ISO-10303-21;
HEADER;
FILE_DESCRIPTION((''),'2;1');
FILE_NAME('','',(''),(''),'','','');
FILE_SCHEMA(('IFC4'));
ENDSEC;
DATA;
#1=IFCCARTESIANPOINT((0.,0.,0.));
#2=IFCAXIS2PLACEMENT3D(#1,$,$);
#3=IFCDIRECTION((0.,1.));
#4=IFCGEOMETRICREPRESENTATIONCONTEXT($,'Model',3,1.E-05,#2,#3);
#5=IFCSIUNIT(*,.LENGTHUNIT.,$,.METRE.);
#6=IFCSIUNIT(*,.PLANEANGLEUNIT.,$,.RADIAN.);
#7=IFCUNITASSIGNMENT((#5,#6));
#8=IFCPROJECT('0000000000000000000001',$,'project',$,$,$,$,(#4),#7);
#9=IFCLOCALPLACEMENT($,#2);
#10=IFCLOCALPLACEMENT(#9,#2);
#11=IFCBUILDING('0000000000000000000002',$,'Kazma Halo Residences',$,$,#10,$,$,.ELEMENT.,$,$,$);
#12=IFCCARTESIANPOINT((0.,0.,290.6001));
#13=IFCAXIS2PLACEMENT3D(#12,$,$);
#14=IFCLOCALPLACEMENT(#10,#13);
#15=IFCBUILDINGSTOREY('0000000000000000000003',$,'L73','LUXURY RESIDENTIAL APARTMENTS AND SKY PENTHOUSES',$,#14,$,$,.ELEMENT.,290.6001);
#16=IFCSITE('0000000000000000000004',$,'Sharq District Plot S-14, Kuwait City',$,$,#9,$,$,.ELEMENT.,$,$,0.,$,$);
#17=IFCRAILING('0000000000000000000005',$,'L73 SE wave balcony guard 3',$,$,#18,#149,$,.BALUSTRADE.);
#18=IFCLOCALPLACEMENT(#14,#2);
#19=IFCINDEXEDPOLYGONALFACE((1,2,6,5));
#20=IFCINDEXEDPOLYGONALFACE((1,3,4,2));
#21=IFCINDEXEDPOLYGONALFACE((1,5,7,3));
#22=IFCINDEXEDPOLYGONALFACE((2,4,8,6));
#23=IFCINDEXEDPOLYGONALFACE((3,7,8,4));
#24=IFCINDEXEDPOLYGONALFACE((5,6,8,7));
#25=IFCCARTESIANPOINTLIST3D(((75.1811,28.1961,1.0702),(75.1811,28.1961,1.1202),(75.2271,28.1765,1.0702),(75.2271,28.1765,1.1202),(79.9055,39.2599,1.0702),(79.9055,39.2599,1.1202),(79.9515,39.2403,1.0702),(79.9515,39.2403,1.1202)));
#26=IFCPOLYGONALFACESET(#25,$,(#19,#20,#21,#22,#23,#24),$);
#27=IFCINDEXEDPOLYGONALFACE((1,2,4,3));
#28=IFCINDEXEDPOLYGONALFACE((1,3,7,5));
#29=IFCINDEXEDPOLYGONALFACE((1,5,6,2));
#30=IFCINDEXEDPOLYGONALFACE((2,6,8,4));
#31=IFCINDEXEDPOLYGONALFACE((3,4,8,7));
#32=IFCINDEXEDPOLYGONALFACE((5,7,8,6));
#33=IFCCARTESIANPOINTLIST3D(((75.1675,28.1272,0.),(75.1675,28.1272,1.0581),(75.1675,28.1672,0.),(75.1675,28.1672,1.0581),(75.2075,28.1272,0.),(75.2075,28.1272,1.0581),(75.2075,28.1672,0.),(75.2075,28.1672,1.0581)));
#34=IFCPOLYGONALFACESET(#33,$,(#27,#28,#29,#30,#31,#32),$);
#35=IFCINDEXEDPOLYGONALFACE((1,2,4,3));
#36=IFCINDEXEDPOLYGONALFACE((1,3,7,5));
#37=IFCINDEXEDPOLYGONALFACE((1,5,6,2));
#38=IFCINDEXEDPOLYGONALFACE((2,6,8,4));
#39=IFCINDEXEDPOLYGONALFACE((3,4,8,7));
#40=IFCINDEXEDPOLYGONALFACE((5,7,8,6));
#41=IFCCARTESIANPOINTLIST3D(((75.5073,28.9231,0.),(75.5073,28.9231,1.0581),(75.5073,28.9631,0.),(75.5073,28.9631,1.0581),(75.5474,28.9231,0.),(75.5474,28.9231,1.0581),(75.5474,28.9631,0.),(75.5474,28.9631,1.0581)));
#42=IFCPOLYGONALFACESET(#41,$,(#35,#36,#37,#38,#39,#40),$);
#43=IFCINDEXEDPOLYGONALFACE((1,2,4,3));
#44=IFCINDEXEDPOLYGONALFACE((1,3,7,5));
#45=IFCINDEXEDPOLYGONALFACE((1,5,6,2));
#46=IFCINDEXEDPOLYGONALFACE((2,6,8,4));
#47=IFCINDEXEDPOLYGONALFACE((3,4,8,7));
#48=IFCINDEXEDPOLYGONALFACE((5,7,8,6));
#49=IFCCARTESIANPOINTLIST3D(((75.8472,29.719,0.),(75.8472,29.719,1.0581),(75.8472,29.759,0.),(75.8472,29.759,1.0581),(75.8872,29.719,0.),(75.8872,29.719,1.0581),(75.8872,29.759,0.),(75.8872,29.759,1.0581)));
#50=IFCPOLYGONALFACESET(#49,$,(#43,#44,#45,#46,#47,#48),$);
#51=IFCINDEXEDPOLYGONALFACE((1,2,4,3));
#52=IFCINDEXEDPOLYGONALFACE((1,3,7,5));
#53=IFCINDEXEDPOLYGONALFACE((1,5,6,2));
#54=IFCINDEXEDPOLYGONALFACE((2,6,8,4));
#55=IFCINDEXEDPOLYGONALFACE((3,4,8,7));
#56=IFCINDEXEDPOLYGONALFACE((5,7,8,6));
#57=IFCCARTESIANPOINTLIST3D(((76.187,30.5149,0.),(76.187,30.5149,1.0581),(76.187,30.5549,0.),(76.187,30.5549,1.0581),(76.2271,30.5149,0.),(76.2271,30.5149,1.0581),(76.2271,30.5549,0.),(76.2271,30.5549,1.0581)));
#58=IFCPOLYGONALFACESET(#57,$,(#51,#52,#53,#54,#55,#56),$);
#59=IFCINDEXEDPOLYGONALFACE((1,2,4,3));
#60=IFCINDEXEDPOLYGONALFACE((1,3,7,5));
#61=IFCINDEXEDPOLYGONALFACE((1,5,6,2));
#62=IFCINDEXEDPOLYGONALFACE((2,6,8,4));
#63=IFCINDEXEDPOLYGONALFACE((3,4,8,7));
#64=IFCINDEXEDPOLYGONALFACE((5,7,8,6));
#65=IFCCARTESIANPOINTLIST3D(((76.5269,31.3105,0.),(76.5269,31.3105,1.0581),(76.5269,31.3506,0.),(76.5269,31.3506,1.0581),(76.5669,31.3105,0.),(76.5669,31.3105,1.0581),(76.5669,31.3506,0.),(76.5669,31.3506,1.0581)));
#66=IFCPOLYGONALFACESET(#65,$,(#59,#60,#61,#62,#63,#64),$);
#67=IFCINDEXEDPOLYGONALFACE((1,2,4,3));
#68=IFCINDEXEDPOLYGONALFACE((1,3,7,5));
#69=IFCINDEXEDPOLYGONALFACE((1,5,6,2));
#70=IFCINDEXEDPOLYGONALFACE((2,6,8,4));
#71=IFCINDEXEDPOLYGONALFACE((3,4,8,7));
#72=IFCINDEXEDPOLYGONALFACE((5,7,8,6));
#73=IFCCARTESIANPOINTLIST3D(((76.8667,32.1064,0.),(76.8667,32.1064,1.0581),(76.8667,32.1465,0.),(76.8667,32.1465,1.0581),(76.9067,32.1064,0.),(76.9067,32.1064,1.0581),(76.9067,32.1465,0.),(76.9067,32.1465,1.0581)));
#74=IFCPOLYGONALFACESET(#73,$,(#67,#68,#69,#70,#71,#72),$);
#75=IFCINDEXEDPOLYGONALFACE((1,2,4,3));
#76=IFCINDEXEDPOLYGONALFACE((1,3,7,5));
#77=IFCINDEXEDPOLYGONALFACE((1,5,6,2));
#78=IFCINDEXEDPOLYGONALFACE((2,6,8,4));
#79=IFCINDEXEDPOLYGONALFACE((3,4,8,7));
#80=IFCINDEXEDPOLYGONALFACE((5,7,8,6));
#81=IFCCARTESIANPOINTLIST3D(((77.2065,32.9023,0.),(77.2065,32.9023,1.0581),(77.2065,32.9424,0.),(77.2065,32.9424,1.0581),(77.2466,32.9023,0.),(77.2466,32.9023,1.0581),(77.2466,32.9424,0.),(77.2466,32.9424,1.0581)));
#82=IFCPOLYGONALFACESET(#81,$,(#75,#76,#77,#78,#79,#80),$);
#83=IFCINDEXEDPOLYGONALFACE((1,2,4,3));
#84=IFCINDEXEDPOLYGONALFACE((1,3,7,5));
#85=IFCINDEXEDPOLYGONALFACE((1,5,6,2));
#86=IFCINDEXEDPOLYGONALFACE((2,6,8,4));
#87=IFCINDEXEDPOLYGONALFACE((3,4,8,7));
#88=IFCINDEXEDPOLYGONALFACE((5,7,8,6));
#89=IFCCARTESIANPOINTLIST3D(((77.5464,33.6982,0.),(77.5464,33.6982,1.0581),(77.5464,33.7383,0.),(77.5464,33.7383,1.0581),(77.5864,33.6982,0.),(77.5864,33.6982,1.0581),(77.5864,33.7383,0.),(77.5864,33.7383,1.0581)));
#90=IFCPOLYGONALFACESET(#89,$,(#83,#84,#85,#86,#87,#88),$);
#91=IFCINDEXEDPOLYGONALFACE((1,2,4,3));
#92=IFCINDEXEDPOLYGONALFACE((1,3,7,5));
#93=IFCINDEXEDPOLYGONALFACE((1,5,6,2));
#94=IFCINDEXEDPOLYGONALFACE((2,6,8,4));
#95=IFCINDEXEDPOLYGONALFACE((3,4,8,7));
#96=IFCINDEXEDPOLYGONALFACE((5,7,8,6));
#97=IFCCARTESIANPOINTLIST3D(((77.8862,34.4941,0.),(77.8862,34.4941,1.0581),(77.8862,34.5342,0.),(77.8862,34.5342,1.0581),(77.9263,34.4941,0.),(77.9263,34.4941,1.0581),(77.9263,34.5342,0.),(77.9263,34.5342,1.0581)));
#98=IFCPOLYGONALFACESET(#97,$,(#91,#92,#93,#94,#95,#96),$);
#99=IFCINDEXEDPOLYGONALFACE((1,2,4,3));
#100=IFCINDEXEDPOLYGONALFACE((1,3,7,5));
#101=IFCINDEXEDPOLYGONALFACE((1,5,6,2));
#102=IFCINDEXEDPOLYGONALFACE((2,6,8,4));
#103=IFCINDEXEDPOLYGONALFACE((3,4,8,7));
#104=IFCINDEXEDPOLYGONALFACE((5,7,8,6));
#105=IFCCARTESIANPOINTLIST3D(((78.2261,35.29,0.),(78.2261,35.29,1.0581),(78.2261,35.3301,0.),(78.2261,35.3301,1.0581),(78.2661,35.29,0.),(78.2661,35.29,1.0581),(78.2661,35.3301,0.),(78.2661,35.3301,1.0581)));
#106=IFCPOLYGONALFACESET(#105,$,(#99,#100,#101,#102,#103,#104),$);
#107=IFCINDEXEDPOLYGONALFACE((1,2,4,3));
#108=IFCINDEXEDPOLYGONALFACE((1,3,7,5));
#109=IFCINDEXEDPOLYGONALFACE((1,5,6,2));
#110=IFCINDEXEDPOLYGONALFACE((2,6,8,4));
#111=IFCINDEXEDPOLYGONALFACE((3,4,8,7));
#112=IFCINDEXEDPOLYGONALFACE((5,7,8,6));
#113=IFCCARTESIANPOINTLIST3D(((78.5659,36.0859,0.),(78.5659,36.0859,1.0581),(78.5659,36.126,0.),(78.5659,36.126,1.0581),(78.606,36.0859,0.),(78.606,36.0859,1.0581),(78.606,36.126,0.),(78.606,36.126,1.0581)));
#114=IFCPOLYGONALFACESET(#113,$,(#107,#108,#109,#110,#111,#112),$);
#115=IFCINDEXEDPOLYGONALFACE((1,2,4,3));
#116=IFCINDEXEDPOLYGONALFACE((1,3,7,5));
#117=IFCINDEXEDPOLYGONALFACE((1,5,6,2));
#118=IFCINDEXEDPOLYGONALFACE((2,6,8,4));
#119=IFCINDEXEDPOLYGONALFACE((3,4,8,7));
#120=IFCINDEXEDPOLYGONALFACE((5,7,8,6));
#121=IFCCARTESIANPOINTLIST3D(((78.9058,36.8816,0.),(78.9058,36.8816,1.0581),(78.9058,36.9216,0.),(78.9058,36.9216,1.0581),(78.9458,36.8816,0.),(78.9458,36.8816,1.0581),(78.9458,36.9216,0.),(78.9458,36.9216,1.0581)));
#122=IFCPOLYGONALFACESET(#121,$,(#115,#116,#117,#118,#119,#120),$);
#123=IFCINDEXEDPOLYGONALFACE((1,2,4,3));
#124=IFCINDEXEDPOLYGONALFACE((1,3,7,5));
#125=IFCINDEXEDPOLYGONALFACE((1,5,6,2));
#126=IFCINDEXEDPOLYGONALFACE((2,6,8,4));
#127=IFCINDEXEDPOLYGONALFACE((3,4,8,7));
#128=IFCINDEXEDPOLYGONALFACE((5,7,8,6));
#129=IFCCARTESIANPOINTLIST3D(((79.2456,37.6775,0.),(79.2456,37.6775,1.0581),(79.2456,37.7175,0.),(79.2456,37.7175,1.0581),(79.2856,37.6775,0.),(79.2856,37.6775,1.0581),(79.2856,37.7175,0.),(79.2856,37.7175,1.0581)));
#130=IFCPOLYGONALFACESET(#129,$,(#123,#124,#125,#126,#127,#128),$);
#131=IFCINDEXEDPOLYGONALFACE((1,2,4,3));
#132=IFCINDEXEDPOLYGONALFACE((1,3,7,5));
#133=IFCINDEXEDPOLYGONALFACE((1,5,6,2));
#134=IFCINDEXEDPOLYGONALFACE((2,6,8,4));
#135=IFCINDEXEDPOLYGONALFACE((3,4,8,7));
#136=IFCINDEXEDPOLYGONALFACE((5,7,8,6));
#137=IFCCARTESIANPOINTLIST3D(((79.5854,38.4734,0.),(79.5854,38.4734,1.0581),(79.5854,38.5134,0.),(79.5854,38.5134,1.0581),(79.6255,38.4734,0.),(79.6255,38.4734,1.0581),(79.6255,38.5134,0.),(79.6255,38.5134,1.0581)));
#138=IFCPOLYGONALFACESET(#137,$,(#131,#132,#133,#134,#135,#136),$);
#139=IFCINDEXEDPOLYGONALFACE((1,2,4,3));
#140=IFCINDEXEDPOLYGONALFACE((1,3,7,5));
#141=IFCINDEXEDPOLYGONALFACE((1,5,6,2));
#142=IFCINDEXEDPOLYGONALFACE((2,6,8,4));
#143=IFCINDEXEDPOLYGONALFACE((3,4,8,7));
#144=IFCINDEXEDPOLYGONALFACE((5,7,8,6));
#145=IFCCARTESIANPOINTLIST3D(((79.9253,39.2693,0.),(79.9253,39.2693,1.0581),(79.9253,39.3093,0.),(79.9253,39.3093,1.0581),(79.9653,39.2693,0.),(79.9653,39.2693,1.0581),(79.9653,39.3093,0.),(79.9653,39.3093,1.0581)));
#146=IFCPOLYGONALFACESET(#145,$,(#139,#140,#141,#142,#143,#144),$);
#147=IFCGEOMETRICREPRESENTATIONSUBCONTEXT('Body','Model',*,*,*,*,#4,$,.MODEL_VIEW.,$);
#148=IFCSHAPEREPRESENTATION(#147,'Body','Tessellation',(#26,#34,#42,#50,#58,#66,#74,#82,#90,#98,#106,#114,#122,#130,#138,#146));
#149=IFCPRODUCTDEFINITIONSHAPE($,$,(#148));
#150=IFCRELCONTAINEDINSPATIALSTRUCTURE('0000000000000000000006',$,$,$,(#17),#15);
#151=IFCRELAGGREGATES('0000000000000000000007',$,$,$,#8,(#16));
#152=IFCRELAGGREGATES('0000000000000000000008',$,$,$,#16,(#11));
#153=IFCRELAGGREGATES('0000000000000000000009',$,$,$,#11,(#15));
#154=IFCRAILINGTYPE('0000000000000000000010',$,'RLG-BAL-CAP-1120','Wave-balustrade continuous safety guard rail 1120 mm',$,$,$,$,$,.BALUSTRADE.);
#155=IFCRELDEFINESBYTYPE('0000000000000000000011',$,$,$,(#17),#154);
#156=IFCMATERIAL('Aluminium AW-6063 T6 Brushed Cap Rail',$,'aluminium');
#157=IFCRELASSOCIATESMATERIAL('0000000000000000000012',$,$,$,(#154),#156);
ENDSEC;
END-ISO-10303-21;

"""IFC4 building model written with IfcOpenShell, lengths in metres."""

from ifc_helpers import new_model, si_unit, direction, frame, origin, origin_2d, place, context, subcontext, project, spatial, rectangle, extrude, material, type_object, element, save


model = new_model("IFC4")

# Units and contexts
model_context = context("Model", 3, precision=1e-05, world=origin(), true_north=direction((0.0, 1.0)))
body_context = subcontext(model_context, "Body", "Model", "MODEL_VIEW")
ifc_project = project(units=[si_unit("LENGTHUNIT", "METRE"), si_unit("PLANEANGLEUNIT", "RADIAN")], contexts=[model_context])

# Site, building, storey
site_placement = place(None, origin())
site = spatial("IfcSite", under=ifc_project, at=site_placement, Name="Sharq District Plot S-14, Kuwait City", CompositionType="ELEMENT", RefElevation=0.0)
building_placement = place(site_placement, origin())
building = spatial("IfcBuilding", under=site, at=building_placement, Name="Kazma Halo Residences", CompositionType="ELEMENT")
storey_placement = place(building_placement, frame((0.0, 0.0, 290.6001)))
storey = spatial("IfcBuildingStorey", under=building, at=storey_placement, Name="L73", Description="LUXURY RESIDENTIAL APARTMENTS AND SKY PENTHOUSES", CompositionType="ELEMENT", Elevation=290.6001)

# Railing
ifc_material_1 = material(Name="Aluminium AW-6063 T6 Brushed Cap Rail", Category="aluminium")
railing_type = type_object("IfcRailingType", Name="RLG-BAL-CAP-1120", Description="Wave-balustrade continuous safety guard rail 1120 mm", PredefinedType="BALUSTRADE", material=ifc_material_1)
railing_1_placement = place(storey_placement, frame((75.1875, 28.1472, 0.0)))
element("IfcRailing", 1, at=railing_1_placement, inside=storey, type_object=railing_type, Name="L73 SE wave balcony guard 3", PredefinedType="BALUSTRADE", context=body_context, shape_type="SweptSolid", body=[
    extrude(rectangle(XDim=0.05, YDim=0.05, at=origin_2d()), frame((0.0166, 0.0391, 1.0952), z_axis=(0.392708, 0.919663, 0.0), x_axis=(-0.919663, 0.392708, 0.0)), (0.0, 0.0, 1.0), 12.0303),
    extrude(rectangle(XDim=0.04, YDim=0.04, at=origin_2d()), origin(), (0.0, 0.0, 1.0), 1.0581),
    extrude(rectangle(XDim=0.04, YDim=0.04, at=origin_2d()), frame((0.3398, 0.7959, 0.0)), (0.0, 0.0, 1.0), 1.0581),
    extrude(rectangle(XDim=0.04, YDim=0.04, at=origin_2d()), frame((0.6797, 1.5918, 0.0)), (0.0, 0.0, 1.0), 1.0581),
    extrude(rectangle(XDim=0.04, YDim=0.04, at=origin_2d()), frame((1.0195, 2.3877, 0.0)), (0.0, 0.0, 1.0), 1.0581),
    extrude(rectangle(XDim=0.04, YDim=0.04, at=origin_2d()), frame((1.3594, 3.1833, 0.0)), (0.0, 0.0, 1.0), 1.0581),
    extrude(rectangle(XDim=0.04, YDim=0.04, at=origin_2d()), frame((1.6992, 3.9792, 0.0)), (0.0, 0.0, 1.0), 1.0581),
    extrude(rectangle(XDim=0.04, YDim=0.04, at=origin_2d()), frame((2.0391, 4.7751, 0.0)), (0.0, 0.0, 1.0), 1.0581),
    extrude(rectangle(XDim=0.04, YDim=0.04, at=origin_2d()), frame((2.3789, 5.571, 0.0)), (0.0, 0.0, 1.0), 1.0581),
    extrude(rectangle(XDim=0.04, YDim=0.04, at=origin_2d()), frame((2.7188, 6.3669, 0.0)), (0.0, 0.0, 1.0), 1.0581),
    extrude(rectangle(XDim=0.04, YDim=0.04, at=origin_2d()), frame((3.0586, 7.1628, 0.0)), (0.0, 0.0, 1.0), 1.0581),
    extrude(rectangle(XDim=0.04, YDim=0.04, at=origin_2d()), frame((3.3984, 7.9587, 0.0)), (0.0, 0.0, 1.0), 1.0581),
    extrude(rectangle(XDim=0.04, YDim=0.04, at=origin_2d()), frame((3.7383, 8.7544, 0.0)), (0.0, 0.0, 1.0), 1.0581),
    extrude(rectangle(XDim=0.04, YDim=0.04, at=origin_2d()), frame((4.0781, 9.5503, 0.0)), (0.0, 0.0, 1.0), 1.0581),
    extrude(rectangle(XDim=0.04, YDim=0.04, at=origin_2d()), frame((4.418, 10.3462, 0.0)), (0.0, 0.0, 1.0), 1.0581),
    extrude(rectangle(XDim=0.04, YDim=0.04, at=origin_2d()), frame((4.7578, 11.1421, 0.0)), (0.0, 0.0, 1.0), 1.0581),
])

save(model, "model.ifc")
